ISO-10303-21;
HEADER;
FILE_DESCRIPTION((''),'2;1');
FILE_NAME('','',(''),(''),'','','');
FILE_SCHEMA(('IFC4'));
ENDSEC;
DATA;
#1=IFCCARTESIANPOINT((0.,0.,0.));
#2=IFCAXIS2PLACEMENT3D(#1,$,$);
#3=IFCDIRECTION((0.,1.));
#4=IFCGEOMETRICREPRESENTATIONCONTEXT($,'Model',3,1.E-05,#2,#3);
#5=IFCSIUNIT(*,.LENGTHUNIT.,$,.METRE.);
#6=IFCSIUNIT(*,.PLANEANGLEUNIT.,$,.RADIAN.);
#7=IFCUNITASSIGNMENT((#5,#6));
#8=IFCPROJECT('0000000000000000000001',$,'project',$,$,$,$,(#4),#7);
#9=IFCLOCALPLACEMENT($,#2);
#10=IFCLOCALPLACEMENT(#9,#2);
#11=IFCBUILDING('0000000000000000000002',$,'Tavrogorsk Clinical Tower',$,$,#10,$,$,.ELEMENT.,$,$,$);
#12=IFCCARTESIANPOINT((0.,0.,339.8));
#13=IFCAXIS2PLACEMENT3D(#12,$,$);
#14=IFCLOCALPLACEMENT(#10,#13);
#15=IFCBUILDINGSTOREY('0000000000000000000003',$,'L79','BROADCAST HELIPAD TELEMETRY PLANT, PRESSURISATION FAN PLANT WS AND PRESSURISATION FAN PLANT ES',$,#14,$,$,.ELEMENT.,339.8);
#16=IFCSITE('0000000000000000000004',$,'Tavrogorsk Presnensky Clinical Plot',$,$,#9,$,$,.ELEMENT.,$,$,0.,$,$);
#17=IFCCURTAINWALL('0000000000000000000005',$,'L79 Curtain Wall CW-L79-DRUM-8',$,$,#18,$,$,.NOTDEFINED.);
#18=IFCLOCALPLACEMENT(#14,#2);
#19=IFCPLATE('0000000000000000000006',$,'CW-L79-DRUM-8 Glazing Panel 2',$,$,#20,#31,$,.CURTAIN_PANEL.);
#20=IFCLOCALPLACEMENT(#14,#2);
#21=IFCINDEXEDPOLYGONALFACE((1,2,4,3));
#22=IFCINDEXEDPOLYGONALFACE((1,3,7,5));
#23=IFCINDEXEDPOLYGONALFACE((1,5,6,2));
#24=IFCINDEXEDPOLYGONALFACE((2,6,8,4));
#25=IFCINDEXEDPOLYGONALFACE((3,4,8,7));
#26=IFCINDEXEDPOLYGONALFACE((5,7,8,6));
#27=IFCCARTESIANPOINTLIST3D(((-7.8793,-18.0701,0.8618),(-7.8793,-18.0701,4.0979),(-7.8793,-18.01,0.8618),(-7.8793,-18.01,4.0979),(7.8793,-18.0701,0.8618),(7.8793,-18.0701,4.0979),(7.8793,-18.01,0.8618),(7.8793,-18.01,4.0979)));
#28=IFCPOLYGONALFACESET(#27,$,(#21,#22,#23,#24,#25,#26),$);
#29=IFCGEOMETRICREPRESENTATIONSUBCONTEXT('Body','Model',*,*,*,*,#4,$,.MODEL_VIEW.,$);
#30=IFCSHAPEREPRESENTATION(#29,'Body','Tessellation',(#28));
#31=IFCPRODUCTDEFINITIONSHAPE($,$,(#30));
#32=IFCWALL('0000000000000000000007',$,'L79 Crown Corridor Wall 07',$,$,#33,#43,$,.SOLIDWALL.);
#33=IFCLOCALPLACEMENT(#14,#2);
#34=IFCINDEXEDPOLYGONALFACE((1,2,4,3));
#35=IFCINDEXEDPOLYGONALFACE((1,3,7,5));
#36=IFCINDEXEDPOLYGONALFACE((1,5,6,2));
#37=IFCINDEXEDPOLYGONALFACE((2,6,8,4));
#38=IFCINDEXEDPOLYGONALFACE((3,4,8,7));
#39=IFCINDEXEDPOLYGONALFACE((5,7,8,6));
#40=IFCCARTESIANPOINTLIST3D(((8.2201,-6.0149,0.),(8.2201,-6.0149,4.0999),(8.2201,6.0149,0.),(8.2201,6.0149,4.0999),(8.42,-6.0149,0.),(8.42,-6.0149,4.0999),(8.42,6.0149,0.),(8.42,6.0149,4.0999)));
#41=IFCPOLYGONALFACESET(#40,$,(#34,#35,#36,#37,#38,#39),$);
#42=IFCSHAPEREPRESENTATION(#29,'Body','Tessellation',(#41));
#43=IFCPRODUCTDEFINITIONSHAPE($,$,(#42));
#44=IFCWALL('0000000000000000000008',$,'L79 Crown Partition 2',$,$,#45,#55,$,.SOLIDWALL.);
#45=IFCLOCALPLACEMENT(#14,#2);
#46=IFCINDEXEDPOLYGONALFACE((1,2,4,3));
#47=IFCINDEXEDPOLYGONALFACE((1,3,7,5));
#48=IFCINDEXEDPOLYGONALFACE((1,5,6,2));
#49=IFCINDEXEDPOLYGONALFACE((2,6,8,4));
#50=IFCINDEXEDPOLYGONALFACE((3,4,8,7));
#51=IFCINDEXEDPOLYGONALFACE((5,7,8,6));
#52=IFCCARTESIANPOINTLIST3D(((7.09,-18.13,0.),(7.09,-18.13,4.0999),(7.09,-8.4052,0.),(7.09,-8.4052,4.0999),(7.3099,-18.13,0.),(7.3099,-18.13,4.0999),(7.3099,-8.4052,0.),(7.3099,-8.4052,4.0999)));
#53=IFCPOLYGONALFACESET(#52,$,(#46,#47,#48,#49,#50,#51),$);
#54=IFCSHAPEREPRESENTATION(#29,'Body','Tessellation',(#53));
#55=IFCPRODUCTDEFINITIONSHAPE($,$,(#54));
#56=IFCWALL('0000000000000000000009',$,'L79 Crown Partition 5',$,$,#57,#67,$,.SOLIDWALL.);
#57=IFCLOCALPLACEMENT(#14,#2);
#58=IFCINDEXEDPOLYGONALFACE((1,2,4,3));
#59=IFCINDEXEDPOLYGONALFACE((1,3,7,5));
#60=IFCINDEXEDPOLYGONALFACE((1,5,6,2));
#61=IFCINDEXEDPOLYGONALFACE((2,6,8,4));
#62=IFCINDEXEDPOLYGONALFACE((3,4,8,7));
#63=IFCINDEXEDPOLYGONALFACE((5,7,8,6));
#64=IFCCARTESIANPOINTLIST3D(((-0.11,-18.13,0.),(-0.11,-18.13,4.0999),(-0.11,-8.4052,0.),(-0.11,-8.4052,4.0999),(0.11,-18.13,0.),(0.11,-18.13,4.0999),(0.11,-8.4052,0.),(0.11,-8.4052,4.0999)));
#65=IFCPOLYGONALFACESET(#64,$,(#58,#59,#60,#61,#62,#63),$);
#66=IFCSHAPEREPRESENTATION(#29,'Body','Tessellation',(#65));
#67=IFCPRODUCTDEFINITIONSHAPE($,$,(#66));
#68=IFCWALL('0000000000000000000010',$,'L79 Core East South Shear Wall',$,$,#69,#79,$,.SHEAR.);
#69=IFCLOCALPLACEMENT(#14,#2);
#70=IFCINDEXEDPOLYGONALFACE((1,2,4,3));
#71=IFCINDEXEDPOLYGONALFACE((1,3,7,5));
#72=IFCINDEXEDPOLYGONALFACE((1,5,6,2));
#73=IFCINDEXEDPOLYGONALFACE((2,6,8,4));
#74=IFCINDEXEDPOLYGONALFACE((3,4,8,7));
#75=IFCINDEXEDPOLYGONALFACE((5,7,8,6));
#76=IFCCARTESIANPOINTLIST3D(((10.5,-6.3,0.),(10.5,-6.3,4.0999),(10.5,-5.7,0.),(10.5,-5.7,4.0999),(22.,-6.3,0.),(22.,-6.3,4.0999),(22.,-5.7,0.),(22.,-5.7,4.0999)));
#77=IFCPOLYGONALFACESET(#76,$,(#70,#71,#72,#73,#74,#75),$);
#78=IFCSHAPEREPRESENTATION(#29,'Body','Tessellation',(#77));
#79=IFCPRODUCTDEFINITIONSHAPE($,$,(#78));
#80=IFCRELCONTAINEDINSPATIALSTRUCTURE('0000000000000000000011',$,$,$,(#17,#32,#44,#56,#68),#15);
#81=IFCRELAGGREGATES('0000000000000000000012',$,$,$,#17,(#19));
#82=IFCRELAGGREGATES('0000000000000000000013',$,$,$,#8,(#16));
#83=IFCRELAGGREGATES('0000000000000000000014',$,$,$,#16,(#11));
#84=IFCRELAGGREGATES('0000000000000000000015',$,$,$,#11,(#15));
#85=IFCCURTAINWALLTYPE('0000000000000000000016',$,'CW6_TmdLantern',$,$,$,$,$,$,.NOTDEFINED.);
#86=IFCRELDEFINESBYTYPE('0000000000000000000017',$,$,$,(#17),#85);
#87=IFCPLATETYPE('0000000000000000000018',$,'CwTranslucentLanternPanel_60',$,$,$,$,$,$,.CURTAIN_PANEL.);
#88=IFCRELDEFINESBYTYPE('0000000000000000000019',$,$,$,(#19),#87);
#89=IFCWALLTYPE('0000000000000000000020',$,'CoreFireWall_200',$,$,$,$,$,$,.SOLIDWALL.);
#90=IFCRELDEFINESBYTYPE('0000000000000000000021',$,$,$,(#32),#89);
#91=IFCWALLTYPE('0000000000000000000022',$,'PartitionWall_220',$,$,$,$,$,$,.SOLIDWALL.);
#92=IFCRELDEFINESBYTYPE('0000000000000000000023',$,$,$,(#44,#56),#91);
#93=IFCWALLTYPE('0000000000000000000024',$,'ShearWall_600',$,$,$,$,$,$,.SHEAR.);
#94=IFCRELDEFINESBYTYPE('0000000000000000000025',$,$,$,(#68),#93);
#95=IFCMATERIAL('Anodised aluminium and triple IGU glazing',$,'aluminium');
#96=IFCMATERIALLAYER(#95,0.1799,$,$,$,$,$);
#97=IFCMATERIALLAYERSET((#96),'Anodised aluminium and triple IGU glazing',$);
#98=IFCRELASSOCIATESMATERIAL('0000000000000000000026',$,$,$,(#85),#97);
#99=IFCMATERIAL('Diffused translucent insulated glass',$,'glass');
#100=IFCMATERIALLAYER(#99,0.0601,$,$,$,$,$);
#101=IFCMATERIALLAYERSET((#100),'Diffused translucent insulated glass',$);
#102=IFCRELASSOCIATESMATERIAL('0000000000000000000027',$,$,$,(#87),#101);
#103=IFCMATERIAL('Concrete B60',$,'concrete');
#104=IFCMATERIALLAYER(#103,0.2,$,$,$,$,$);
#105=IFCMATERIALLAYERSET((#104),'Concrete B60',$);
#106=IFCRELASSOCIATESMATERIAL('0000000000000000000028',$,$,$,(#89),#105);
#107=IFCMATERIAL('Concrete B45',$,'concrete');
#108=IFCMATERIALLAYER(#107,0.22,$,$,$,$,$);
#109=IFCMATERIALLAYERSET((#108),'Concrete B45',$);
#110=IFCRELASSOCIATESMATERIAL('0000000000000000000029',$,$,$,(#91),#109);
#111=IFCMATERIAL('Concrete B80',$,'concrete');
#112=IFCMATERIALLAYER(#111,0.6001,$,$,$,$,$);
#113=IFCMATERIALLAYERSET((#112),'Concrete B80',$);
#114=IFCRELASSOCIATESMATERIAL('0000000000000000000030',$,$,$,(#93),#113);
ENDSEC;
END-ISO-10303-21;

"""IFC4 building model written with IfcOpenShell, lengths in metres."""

from ifc_helpers import new_model, si_unit, direction, frame, frame_2d, origin, origin_2d, place, context, subcontext, project, spatial, rectangle, extrude, material, layer, layer_set, type_object, element, aggregate, save


model = new_model("IFC4")

# Units and contexts
model_context = context("Model", 3, precision=1e-05, world=origin(), true_north=direction((0.0, 1.0)))
body_context = subcontext(model_context, "Body", "Model", "MODEL_VIEW")
ifc_project = project(units=[si_unit("LENGTHUNIT", "METRE"), si_unit("PLANEANGLEUNIT", "RADIAN")], contexts=[model_context])

# Site, building, storey
site_placement = place(None, origin())
site = spatial("IfcSite", under=ifc_project, at=site_placement, Name="Tavrogorsk Presnensky Clinical Plot", CompositionType="ELEMENT", RefElevation=0.0)
building_placement = place(site_placement, origin())
building = spatial("IfcBuilding", under=site, at=building_placement, Name="Tavrogorsk Clinical Tower", CompositionType="ELEMENT")
storey_placement = place(building_placement, frame((0.0, 0.0, 339.8)))
storey = spatial("IfcBuildingStorey", under=building, at=storey_placement, Name="L79", Description="BROADCAST HELIPAD TELEMETRY PLANT, PRESSURISATION FAN PLANT WS AND PRESSURISATION FAN PLANT ES", CompositionType="ELEMENT", Elevation=339.8)

# Curtain wall
ifc_material_1 = material(Name="Anodised aluminium and triple IGU glazing", Category="aluminium")
ifc_layer_1 = layer(ifc_material_1, 0.1799)
ifc_layer_set_1 = layer_set([ifc_layer_1], Name="Anodised aluminium and triple IGU glazing")
curtain_wall_type = type_object("IfcCurtainWallType", Name="CW6_TmdLantern", PredefinedType="NOTDEFINED", material=ifc_layer_set_1)
curtain_wall_placement = place(storey_placement, origin())
curtain_wall = element("IfcCurtainWall", 1, at=curtain_wall_placement, inside=storey, type_object=curtain_wall_type, Name="L79 Curtain Wall CW-L79-DRUM-8", PredefinedType="NOTDEFINED")

# Plate
ifc_material_2 = material(Name="Diffused translucent insulated glass", Category="glass")
ifc_layer_2 = layer(ifc_material_2, 0.0601)
ifc_layer_set_2 = layer_set([ifc_layer_2], Name="Diffused translucent insulated glass")
plate_type_1 = type_object("IfcPlateType", Name="CwTranslucentLanternPanel_60", PredefinedType="CURTAIN_PANEL", material=ifc_layer_set_2)
plate_1_placement = place(storey_placement, frame((0.0, -18.04, 0.8618), z_axis=(0.0, 0.0, 1.0), x_axis=(-1.0, 0.0, 0.0)))
plate_1 = element("IfcPlate", 2, at=plate_1_placement, type_object=plate_type_1, Name="CW-L79-DRUM-8 Glazing Panel 2", PredefinedType="CURTAIN_PANEL", context=body_context, shape_type="SweptSolid", body=[
    extrude(rectangle(XDim=15.7585, YDim=0.0601, at=origin_2d()), origin(), (0.0, 0.0, 1.0), 3.2361),
])
aggregate(curtain_wall, [plate_1])

# Walls
ifc_material_3 = material(Name="Concrete B60", Category="concrete")
ifc_layer_3 = layer(ifc_material_3, 0.2)
ifc_layer_set_3 = layer_set([ifc_layer_3], Name="Concrete B60")
wall_type_1 = type_object("IfcWallType", Name="CoreFireWall_200", PredefinedType="SOLIDWALL", material=ifc_layer_set_3)
wall_1_placement = place(storey_placement, frame((8.3201, -6.0149, 0.0), z_axis=(0.0, 0.0, 1.0), x_axis=(0.0, 1.0, 0.0)))
element("IfcWall", 3, at=wall_1_placement, inside=storey, type_object=wall_type_1, Name="L79 Crown Corridor Wall 07", PredefinedType="SOLIDWALL", context=body_context, shape_type="SweptSolid", body=[
    extrude(rectangle(XDim=12.0298, YDim=0.2, at=frame_2d((6.0149, 0.0))), origin(), (0.0, 0.0, 1.0), 4.0999),
])
ifc_material_4 = material(Name="Concrete B45", Category="concrete")
ifc_layer_4 = layer(ifc_material_4, 0.22)
ifc_layer_set_4 = layer_set([ifc_layer_4], Name="Concrete B45")
wall_type_2 = type_object("IfcWallType", Name="PartitionWall_220", PredefinedType="SOLIDWALL", material=ifc_layer_set_4)
for number, where, z_axis, x_axis, name in (
    (4, (7.2, -18.1299, 0.0), (0.0, 0.0, 1.0), (0.0, 1.0, 0.0), "L79 Crown Partition 2"),
    (5, (0.0, -18.1299, 0.0), (0.0, 0.0, 1.0), (0.0, 1.0, 0.0), "L79 Crown Partition 5"),
):
    element("IfcWall", number, at=place(storey_placement, frame(where, z_axis=z_axis, x_axis=x_axis)), inside=storey, type_object=wall_type_2, Name=name, PredefinedType="SOLIDWALL", context=body_context, shape_type="SweptSolid", body=[
        extrude(rectangle(XDim=9.7249, YDim=0.22, at=frame_2d((4.8623, 0.0))), origin(), (0.0, 0.0, 1.0), 4.0999),
    ])
ifc_material_5 = material(Name="Concrete B80", Category="concrete")
ifc_layer_5 = layer(ifc_material_5, 0.6001)
ifc_layer_set_5 = layer_set([ifc_layer_5], Name="Concrete B80")
wall_type_3 = type_object("IfcWallType", Name="ShearWall_600", PredefinedType="SHEAR", material=ifc_layer_set_5)
wall_2_placement = place(storey_placement, frame((10.5, -6.0, 0.0), z_axis=(0.0, 0.0, 1.0), x_axis=(1.0, 0.0, 0.0)))
element("IfcWall", 6, at=wall_2_placement, inside=storey, type_object=wall_type_3, Name="L79 Core East South Shear Wall", PredefinedType="SHEAR", context=body_context, shape_type="SweptSolid", body=[
    extrude(rectangle(XDim=11.5, YDim=0.6001, at=frame_2d((5.75, 0.0))), origin(), (0.0, 0.0, 1.0), 4.0999),
])

save(model, "model.ifc")
